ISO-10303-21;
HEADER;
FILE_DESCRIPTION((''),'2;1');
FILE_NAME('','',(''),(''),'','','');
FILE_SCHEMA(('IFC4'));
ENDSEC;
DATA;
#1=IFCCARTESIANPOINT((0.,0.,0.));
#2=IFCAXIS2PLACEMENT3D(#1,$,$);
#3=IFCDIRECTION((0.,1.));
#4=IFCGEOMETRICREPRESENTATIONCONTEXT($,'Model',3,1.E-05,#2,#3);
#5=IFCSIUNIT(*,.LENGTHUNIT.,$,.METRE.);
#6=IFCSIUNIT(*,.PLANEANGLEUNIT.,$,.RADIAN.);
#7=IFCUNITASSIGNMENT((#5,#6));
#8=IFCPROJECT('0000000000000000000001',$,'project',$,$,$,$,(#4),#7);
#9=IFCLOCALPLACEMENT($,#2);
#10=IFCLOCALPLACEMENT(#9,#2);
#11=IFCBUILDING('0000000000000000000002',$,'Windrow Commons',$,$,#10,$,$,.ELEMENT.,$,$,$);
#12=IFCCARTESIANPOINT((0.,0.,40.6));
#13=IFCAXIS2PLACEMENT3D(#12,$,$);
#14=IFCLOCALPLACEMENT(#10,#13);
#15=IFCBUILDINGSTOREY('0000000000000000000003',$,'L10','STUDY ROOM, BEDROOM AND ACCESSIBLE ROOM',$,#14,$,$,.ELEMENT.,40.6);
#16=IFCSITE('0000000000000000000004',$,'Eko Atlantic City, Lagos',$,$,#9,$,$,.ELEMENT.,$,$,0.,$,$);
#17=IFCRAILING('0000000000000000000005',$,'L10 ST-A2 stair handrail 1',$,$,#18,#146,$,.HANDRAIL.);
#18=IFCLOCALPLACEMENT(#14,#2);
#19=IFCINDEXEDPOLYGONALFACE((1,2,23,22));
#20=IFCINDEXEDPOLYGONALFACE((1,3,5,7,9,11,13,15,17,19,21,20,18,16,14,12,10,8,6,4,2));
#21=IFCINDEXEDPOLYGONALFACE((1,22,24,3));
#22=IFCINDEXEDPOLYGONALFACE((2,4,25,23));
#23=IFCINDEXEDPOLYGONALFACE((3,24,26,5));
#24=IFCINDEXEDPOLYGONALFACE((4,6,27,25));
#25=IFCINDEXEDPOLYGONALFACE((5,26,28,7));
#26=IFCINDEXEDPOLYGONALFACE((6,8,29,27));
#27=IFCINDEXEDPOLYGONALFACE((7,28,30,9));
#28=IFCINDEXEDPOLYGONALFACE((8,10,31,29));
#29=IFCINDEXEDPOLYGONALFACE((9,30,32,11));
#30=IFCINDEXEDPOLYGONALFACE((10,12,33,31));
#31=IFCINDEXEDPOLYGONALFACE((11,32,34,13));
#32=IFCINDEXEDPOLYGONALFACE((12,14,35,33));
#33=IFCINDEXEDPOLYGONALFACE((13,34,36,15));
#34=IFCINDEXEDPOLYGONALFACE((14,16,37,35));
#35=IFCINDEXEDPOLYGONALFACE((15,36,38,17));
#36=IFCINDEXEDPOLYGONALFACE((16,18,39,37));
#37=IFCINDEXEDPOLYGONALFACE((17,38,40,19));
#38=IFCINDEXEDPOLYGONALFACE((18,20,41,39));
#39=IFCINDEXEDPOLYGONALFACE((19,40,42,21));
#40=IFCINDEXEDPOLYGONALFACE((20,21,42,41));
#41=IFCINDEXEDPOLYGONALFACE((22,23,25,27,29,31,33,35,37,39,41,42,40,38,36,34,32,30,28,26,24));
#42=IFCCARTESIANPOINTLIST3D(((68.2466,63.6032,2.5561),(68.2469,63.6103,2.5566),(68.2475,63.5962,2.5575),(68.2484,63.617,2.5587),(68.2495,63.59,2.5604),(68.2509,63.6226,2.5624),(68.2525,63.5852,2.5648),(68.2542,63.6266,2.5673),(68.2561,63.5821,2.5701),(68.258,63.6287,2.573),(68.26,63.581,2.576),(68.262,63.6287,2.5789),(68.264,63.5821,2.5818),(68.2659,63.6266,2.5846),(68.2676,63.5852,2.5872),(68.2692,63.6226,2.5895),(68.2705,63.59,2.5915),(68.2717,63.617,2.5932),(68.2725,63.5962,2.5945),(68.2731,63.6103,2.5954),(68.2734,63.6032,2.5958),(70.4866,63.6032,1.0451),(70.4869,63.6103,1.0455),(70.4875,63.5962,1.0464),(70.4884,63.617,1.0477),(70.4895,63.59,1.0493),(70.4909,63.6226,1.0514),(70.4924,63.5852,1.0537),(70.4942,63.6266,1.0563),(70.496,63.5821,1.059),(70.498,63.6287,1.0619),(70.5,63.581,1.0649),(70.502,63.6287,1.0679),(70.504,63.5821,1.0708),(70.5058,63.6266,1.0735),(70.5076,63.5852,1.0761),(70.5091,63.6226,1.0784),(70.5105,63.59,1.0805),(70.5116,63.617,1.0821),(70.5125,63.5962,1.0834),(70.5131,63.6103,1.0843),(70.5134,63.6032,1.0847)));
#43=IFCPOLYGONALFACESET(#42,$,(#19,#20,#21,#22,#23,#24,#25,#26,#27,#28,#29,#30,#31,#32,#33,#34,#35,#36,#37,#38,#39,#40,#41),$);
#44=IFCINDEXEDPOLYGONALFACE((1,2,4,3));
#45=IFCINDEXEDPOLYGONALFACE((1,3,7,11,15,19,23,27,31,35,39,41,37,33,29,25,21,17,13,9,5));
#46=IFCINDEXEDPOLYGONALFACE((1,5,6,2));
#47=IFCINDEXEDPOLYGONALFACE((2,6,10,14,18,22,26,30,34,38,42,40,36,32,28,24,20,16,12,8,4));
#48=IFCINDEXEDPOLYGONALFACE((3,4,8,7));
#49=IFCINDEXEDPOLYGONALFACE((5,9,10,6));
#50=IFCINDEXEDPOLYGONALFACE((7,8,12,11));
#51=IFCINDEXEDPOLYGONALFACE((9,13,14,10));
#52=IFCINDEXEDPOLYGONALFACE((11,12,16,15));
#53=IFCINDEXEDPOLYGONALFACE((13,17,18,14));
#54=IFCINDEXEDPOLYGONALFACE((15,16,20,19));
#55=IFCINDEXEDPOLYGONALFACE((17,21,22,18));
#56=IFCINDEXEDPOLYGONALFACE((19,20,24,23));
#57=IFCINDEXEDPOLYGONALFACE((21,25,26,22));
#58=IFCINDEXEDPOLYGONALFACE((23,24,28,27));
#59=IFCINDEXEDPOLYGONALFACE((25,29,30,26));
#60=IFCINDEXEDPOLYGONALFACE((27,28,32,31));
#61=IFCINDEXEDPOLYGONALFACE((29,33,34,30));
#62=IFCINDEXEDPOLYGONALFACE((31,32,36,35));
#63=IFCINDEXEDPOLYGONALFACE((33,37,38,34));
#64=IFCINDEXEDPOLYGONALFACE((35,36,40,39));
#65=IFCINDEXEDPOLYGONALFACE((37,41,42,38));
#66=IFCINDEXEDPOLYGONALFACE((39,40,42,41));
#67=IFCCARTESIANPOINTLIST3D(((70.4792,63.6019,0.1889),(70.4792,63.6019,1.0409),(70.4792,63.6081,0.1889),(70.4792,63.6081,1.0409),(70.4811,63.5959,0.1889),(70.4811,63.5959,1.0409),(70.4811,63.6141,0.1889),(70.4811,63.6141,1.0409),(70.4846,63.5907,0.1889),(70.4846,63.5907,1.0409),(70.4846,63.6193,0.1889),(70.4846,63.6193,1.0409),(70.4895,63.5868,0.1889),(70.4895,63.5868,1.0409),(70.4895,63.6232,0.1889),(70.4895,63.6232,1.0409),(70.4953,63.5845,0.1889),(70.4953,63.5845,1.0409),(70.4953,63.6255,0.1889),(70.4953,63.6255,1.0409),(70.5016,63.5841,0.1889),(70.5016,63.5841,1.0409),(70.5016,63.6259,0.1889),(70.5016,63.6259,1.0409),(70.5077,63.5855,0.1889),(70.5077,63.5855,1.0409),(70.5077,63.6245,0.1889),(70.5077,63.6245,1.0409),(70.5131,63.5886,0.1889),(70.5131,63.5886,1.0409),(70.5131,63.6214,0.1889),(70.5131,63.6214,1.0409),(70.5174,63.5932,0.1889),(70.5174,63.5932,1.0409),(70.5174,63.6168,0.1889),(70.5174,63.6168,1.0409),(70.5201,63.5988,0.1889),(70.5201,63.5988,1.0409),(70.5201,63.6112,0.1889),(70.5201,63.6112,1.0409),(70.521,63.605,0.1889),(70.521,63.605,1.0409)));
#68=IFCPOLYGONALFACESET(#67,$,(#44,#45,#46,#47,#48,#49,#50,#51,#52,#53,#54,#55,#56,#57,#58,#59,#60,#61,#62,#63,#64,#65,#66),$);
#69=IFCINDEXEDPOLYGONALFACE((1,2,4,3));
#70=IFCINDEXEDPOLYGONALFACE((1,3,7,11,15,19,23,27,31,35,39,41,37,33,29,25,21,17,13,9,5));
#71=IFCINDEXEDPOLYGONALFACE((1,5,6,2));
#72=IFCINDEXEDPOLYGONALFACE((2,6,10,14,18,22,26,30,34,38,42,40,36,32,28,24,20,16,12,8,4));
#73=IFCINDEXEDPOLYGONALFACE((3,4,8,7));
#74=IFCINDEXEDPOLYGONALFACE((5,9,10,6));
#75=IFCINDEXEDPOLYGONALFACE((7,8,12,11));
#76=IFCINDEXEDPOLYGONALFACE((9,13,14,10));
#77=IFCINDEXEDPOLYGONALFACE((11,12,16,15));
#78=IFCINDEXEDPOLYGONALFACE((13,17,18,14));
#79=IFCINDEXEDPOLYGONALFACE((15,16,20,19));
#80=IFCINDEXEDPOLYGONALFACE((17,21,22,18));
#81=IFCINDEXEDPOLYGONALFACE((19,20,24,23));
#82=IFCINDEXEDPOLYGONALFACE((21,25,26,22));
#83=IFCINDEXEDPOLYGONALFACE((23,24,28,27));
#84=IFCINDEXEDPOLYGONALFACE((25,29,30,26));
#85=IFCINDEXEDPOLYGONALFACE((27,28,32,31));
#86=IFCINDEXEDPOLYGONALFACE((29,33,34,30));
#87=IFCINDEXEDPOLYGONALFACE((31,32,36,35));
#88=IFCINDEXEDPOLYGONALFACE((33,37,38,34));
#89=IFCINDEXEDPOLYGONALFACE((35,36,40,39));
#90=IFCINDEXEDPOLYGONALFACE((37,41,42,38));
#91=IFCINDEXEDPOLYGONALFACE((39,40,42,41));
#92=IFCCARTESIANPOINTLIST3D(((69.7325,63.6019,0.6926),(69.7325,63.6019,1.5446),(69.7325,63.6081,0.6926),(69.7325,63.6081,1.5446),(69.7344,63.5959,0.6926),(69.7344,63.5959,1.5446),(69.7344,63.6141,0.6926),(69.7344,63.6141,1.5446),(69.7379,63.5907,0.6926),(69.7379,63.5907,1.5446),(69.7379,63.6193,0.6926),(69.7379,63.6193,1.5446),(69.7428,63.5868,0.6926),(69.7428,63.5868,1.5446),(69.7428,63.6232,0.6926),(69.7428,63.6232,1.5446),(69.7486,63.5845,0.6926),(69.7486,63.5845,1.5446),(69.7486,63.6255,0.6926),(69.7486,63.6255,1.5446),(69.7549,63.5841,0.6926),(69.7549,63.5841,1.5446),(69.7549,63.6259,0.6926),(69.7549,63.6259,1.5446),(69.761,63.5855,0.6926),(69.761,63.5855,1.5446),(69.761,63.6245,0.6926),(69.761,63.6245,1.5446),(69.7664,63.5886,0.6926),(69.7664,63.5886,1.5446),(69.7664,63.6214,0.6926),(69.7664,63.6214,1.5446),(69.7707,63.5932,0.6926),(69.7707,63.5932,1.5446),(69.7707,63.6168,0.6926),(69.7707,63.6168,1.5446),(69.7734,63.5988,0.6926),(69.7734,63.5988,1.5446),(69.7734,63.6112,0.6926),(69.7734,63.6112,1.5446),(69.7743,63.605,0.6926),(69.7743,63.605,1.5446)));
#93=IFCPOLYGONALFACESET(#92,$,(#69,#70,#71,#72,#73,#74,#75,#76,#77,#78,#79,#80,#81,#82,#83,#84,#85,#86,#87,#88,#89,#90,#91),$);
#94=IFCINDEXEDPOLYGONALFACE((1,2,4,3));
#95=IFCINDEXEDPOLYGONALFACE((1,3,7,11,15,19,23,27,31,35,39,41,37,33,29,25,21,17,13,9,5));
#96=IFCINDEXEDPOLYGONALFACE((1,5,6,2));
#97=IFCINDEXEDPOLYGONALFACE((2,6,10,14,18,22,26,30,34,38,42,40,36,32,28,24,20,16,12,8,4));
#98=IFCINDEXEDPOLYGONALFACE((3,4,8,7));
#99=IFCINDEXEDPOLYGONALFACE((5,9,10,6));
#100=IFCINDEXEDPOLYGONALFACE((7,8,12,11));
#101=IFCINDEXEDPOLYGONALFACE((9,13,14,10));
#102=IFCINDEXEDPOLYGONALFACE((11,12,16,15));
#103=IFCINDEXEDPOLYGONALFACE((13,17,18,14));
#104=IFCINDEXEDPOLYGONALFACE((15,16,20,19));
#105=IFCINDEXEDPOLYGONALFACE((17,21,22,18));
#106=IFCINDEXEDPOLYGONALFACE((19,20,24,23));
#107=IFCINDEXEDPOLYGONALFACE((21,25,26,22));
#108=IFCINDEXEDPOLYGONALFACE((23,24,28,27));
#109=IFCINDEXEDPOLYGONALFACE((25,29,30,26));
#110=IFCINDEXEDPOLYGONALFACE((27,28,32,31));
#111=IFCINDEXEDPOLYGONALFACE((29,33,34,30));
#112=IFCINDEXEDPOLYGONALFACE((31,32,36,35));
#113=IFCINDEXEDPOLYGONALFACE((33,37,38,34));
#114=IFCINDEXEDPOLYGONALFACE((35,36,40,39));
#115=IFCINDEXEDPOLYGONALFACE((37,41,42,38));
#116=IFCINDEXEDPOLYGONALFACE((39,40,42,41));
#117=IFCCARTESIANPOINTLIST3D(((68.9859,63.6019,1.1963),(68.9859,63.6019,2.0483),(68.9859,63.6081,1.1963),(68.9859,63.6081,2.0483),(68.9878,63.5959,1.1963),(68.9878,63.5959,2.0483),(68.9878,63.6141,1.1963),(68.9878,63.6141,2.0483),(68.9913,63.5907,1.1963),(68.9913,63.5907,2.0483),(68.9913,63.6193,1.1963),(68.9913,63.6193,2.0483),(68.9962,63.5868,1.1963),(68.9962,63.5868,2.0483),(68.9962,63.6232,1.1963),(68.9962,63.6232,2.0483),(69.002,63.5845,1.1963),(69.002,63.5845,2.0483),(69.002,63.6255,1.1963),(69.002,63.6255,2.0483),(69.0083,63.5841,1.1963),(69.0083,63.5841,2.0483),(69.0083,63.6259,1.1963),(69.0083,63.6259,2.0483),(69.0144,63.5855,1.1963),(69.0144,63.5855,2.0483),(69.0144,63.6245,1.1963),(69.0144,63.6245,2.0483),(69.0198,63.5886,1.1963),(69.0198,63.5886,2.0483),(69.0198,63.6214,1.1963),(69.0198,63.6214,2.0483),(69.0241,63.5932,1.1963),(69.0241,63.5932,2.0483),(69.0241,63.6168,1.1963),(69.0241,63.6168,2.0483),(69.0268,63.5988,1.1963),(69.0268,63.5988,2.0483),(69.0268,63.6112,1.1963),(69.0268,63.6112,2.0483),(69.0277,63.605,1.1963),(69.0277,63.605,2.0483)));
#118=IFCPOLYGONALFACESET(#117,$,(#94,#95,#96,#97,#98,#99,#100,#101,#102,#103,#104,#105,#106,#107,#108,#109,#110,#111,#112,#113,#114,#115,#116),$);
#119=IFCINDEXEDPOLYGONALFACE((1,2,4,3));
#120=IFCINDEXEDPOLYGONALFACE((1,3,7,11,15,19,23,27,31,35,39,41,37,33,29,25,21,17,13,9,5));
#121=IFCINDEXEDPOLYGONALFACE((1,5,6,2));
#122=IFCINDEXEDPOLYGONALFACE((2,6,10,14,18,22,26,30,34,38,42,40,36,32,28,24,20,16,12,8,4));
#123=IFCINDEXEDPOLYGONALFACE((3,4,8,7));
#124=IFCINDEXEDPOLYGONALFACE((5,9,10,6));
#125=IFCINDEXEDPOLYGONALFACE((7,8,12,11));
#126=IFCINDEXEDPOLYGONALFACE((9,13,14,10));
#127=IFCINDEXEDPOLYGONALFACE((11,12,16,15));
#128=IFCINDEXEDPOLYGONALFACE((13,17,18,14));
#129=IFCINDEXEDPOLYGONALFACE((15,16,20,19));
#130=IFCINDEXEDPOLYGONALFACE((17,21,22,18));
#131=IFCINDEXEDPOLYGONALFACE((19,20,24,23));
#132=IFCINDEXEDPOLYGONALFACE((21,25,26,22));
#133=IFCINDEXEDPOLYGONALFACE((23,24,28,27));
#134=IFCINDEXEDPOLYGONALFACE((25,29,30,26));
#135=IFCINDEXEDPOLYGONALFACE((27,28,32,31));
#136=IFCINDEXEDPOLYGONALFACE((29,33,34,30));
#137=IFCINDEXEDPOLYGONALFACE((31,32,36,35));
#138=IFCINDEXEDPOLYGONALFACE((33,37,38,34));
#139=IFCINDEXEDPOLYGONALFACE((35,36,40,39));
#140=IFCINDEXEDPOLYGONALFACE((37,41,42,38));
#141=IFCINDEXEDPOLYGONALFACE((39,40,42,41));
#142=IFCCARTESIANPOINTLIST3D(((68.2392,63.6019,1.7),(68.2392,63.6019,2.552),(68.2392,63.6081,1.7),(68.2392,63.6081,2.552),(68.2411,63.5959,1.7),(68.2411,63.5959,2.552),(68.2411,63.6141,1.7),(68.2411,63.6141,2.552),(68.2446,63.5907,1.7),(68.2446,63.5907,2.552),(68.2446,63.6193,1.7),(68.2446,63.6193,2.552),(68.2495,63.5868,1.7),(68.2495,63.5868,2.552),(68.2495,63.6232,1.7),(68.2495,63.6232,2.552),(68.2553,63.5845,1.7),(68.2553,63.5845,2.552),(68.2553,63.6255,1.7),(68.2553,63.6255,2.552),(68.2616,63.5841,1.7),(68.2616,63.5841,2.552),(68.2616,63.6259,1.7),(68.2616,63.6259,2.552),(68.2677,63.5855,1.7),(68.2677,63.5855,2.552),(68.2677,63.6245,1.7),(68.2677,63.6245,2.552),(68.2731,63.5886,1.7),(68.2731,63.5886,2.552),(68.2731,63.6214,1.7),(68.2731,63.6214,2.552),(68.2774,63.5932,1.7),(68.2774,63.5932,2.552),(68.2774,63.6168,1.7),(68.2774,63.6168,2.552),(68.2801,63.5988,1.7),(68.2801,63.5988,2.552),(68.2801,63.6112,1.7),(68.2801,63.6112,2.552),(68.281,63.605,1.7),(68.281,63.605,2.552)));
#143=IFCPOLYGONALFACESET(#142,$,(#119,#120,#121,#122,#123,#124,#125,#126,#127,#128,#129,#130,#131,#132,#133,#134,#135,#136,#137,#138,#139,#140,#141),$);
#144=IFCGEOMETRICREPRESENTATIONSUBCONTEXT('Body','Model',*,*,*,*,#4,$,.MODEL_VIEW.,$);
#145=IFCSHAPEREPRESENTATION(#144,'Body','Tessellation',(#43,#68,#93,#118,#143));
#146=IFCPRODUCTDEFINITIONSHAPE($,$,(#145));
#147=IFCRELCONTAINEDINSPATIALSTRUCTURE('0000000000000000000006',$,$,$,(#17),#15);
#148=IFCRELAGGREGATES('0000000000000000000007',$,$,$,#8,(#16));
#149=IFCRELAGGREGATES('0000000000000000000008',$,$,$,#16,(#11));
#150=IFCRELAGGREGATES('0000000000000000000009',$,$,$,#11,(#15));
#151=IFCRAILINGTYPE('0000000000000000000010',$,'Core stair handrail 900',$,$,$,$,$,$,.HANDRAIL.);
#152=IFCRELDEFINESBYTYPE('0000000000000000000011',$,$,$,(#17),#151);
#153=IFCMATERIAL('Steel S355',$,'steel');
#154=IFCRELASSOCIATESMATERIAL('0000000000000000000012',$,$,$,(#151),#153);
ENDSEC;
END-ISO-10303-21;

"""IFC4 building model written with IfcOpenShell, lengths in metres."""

from ifc_helpers import new_model, si_unit, direction, frame, origin, origin_2d, place, context, subcontext, project, spatial, circle, extrude, material, type_object, element, save


model = new_model("IFC4")

# Units and contexts
model_context = context("Model", 3, precision=1e-05, world=origin(), true_north=direction((0.0, 1.0)))
body_context = subcontext(model_context, "Body", "Model", "MODEL_VIEW")
ifc_project = project(units=[si_unit("LENGTHUNIT", "METRE"), si_unit("PLANEANGLEUNIT", "RADIAN")], contexts=[model_context])

# Site, building, storey
site_placement = place(None, origin())
site = spatial("IfcSite", under=ifc_project, at=site_placement, Name="Eko Atlantic City, Lagos", CompositionType="ELEMENT", RefElevation=0.0)
building_placement = place(site_placement, origin())
building = spatial("IfcBuilding", under=site, at=building_placement, Name="Windrow Commons", CompositionType="ELEMENT")
storey_placement = place(building_placement, frame((0.0, 0.0, 40.6)))
storey = spatial("IfcBuildingStorey", under=building, at=storey_placement, Name="L10", Description="STUDY ROOM, BEDROOM AND ACCESSIBLE ROOM", CompositionType="ELEMENT", Elevation=40.6)

# Railing
ifc_material_1 = material(Name="Steel S355", Category="steel")
railing_type_1 = type_object("IfcRailingType", Name="Core stair handrail 900", PredefinedType="HANDRAIL", material=ifc_material_1)
for number, where, name in (
    (1, (70.5, 63.605, 0.1889), "L10 ST-A2 stair handrail 1"),
):
    element("IfcRailing", number, at=place(storey_placement, frame(where)), inside=storey, type_object=railing_type_1, Name=name, PredefinedType="HANDRAIL", context=body_context, shape_type="SweptSolid", body=[
        extrude(circle(Radius=0.024, at=origin_2d()), frame((0.0, 0.0, 0.876), z_axis=(-0.829003, 0.0, 0.559244), x_axis=(0.0, -1.0, 0.0)), (0.0, 0.0, 1.0), 2.702),
        extrude(circle(Radius=0.021, at=origin_2d()), origin(), (0.0, 0.0, 1.0), 0.852),
        extrude(circle(Radius=0.021, at=origin_2d()), frame((-0.7467, 0.0, 0.5037)), (0.0, 0.0, 1.0), 0.852),
        extrude(circle(Radius=0.021, at=origin_2d()), frame((-1.4933, 0.0, 1.0074)), (0.0, 0.0, 1.0), 0.852),
        extrude(circle(Radius=0.021, at=origin_2d()), frame((-2.24, 0.0, 1.5111)), (0.0, 0.0, 1.0), 0.852),
    ])

save(model, "model.ifc")
